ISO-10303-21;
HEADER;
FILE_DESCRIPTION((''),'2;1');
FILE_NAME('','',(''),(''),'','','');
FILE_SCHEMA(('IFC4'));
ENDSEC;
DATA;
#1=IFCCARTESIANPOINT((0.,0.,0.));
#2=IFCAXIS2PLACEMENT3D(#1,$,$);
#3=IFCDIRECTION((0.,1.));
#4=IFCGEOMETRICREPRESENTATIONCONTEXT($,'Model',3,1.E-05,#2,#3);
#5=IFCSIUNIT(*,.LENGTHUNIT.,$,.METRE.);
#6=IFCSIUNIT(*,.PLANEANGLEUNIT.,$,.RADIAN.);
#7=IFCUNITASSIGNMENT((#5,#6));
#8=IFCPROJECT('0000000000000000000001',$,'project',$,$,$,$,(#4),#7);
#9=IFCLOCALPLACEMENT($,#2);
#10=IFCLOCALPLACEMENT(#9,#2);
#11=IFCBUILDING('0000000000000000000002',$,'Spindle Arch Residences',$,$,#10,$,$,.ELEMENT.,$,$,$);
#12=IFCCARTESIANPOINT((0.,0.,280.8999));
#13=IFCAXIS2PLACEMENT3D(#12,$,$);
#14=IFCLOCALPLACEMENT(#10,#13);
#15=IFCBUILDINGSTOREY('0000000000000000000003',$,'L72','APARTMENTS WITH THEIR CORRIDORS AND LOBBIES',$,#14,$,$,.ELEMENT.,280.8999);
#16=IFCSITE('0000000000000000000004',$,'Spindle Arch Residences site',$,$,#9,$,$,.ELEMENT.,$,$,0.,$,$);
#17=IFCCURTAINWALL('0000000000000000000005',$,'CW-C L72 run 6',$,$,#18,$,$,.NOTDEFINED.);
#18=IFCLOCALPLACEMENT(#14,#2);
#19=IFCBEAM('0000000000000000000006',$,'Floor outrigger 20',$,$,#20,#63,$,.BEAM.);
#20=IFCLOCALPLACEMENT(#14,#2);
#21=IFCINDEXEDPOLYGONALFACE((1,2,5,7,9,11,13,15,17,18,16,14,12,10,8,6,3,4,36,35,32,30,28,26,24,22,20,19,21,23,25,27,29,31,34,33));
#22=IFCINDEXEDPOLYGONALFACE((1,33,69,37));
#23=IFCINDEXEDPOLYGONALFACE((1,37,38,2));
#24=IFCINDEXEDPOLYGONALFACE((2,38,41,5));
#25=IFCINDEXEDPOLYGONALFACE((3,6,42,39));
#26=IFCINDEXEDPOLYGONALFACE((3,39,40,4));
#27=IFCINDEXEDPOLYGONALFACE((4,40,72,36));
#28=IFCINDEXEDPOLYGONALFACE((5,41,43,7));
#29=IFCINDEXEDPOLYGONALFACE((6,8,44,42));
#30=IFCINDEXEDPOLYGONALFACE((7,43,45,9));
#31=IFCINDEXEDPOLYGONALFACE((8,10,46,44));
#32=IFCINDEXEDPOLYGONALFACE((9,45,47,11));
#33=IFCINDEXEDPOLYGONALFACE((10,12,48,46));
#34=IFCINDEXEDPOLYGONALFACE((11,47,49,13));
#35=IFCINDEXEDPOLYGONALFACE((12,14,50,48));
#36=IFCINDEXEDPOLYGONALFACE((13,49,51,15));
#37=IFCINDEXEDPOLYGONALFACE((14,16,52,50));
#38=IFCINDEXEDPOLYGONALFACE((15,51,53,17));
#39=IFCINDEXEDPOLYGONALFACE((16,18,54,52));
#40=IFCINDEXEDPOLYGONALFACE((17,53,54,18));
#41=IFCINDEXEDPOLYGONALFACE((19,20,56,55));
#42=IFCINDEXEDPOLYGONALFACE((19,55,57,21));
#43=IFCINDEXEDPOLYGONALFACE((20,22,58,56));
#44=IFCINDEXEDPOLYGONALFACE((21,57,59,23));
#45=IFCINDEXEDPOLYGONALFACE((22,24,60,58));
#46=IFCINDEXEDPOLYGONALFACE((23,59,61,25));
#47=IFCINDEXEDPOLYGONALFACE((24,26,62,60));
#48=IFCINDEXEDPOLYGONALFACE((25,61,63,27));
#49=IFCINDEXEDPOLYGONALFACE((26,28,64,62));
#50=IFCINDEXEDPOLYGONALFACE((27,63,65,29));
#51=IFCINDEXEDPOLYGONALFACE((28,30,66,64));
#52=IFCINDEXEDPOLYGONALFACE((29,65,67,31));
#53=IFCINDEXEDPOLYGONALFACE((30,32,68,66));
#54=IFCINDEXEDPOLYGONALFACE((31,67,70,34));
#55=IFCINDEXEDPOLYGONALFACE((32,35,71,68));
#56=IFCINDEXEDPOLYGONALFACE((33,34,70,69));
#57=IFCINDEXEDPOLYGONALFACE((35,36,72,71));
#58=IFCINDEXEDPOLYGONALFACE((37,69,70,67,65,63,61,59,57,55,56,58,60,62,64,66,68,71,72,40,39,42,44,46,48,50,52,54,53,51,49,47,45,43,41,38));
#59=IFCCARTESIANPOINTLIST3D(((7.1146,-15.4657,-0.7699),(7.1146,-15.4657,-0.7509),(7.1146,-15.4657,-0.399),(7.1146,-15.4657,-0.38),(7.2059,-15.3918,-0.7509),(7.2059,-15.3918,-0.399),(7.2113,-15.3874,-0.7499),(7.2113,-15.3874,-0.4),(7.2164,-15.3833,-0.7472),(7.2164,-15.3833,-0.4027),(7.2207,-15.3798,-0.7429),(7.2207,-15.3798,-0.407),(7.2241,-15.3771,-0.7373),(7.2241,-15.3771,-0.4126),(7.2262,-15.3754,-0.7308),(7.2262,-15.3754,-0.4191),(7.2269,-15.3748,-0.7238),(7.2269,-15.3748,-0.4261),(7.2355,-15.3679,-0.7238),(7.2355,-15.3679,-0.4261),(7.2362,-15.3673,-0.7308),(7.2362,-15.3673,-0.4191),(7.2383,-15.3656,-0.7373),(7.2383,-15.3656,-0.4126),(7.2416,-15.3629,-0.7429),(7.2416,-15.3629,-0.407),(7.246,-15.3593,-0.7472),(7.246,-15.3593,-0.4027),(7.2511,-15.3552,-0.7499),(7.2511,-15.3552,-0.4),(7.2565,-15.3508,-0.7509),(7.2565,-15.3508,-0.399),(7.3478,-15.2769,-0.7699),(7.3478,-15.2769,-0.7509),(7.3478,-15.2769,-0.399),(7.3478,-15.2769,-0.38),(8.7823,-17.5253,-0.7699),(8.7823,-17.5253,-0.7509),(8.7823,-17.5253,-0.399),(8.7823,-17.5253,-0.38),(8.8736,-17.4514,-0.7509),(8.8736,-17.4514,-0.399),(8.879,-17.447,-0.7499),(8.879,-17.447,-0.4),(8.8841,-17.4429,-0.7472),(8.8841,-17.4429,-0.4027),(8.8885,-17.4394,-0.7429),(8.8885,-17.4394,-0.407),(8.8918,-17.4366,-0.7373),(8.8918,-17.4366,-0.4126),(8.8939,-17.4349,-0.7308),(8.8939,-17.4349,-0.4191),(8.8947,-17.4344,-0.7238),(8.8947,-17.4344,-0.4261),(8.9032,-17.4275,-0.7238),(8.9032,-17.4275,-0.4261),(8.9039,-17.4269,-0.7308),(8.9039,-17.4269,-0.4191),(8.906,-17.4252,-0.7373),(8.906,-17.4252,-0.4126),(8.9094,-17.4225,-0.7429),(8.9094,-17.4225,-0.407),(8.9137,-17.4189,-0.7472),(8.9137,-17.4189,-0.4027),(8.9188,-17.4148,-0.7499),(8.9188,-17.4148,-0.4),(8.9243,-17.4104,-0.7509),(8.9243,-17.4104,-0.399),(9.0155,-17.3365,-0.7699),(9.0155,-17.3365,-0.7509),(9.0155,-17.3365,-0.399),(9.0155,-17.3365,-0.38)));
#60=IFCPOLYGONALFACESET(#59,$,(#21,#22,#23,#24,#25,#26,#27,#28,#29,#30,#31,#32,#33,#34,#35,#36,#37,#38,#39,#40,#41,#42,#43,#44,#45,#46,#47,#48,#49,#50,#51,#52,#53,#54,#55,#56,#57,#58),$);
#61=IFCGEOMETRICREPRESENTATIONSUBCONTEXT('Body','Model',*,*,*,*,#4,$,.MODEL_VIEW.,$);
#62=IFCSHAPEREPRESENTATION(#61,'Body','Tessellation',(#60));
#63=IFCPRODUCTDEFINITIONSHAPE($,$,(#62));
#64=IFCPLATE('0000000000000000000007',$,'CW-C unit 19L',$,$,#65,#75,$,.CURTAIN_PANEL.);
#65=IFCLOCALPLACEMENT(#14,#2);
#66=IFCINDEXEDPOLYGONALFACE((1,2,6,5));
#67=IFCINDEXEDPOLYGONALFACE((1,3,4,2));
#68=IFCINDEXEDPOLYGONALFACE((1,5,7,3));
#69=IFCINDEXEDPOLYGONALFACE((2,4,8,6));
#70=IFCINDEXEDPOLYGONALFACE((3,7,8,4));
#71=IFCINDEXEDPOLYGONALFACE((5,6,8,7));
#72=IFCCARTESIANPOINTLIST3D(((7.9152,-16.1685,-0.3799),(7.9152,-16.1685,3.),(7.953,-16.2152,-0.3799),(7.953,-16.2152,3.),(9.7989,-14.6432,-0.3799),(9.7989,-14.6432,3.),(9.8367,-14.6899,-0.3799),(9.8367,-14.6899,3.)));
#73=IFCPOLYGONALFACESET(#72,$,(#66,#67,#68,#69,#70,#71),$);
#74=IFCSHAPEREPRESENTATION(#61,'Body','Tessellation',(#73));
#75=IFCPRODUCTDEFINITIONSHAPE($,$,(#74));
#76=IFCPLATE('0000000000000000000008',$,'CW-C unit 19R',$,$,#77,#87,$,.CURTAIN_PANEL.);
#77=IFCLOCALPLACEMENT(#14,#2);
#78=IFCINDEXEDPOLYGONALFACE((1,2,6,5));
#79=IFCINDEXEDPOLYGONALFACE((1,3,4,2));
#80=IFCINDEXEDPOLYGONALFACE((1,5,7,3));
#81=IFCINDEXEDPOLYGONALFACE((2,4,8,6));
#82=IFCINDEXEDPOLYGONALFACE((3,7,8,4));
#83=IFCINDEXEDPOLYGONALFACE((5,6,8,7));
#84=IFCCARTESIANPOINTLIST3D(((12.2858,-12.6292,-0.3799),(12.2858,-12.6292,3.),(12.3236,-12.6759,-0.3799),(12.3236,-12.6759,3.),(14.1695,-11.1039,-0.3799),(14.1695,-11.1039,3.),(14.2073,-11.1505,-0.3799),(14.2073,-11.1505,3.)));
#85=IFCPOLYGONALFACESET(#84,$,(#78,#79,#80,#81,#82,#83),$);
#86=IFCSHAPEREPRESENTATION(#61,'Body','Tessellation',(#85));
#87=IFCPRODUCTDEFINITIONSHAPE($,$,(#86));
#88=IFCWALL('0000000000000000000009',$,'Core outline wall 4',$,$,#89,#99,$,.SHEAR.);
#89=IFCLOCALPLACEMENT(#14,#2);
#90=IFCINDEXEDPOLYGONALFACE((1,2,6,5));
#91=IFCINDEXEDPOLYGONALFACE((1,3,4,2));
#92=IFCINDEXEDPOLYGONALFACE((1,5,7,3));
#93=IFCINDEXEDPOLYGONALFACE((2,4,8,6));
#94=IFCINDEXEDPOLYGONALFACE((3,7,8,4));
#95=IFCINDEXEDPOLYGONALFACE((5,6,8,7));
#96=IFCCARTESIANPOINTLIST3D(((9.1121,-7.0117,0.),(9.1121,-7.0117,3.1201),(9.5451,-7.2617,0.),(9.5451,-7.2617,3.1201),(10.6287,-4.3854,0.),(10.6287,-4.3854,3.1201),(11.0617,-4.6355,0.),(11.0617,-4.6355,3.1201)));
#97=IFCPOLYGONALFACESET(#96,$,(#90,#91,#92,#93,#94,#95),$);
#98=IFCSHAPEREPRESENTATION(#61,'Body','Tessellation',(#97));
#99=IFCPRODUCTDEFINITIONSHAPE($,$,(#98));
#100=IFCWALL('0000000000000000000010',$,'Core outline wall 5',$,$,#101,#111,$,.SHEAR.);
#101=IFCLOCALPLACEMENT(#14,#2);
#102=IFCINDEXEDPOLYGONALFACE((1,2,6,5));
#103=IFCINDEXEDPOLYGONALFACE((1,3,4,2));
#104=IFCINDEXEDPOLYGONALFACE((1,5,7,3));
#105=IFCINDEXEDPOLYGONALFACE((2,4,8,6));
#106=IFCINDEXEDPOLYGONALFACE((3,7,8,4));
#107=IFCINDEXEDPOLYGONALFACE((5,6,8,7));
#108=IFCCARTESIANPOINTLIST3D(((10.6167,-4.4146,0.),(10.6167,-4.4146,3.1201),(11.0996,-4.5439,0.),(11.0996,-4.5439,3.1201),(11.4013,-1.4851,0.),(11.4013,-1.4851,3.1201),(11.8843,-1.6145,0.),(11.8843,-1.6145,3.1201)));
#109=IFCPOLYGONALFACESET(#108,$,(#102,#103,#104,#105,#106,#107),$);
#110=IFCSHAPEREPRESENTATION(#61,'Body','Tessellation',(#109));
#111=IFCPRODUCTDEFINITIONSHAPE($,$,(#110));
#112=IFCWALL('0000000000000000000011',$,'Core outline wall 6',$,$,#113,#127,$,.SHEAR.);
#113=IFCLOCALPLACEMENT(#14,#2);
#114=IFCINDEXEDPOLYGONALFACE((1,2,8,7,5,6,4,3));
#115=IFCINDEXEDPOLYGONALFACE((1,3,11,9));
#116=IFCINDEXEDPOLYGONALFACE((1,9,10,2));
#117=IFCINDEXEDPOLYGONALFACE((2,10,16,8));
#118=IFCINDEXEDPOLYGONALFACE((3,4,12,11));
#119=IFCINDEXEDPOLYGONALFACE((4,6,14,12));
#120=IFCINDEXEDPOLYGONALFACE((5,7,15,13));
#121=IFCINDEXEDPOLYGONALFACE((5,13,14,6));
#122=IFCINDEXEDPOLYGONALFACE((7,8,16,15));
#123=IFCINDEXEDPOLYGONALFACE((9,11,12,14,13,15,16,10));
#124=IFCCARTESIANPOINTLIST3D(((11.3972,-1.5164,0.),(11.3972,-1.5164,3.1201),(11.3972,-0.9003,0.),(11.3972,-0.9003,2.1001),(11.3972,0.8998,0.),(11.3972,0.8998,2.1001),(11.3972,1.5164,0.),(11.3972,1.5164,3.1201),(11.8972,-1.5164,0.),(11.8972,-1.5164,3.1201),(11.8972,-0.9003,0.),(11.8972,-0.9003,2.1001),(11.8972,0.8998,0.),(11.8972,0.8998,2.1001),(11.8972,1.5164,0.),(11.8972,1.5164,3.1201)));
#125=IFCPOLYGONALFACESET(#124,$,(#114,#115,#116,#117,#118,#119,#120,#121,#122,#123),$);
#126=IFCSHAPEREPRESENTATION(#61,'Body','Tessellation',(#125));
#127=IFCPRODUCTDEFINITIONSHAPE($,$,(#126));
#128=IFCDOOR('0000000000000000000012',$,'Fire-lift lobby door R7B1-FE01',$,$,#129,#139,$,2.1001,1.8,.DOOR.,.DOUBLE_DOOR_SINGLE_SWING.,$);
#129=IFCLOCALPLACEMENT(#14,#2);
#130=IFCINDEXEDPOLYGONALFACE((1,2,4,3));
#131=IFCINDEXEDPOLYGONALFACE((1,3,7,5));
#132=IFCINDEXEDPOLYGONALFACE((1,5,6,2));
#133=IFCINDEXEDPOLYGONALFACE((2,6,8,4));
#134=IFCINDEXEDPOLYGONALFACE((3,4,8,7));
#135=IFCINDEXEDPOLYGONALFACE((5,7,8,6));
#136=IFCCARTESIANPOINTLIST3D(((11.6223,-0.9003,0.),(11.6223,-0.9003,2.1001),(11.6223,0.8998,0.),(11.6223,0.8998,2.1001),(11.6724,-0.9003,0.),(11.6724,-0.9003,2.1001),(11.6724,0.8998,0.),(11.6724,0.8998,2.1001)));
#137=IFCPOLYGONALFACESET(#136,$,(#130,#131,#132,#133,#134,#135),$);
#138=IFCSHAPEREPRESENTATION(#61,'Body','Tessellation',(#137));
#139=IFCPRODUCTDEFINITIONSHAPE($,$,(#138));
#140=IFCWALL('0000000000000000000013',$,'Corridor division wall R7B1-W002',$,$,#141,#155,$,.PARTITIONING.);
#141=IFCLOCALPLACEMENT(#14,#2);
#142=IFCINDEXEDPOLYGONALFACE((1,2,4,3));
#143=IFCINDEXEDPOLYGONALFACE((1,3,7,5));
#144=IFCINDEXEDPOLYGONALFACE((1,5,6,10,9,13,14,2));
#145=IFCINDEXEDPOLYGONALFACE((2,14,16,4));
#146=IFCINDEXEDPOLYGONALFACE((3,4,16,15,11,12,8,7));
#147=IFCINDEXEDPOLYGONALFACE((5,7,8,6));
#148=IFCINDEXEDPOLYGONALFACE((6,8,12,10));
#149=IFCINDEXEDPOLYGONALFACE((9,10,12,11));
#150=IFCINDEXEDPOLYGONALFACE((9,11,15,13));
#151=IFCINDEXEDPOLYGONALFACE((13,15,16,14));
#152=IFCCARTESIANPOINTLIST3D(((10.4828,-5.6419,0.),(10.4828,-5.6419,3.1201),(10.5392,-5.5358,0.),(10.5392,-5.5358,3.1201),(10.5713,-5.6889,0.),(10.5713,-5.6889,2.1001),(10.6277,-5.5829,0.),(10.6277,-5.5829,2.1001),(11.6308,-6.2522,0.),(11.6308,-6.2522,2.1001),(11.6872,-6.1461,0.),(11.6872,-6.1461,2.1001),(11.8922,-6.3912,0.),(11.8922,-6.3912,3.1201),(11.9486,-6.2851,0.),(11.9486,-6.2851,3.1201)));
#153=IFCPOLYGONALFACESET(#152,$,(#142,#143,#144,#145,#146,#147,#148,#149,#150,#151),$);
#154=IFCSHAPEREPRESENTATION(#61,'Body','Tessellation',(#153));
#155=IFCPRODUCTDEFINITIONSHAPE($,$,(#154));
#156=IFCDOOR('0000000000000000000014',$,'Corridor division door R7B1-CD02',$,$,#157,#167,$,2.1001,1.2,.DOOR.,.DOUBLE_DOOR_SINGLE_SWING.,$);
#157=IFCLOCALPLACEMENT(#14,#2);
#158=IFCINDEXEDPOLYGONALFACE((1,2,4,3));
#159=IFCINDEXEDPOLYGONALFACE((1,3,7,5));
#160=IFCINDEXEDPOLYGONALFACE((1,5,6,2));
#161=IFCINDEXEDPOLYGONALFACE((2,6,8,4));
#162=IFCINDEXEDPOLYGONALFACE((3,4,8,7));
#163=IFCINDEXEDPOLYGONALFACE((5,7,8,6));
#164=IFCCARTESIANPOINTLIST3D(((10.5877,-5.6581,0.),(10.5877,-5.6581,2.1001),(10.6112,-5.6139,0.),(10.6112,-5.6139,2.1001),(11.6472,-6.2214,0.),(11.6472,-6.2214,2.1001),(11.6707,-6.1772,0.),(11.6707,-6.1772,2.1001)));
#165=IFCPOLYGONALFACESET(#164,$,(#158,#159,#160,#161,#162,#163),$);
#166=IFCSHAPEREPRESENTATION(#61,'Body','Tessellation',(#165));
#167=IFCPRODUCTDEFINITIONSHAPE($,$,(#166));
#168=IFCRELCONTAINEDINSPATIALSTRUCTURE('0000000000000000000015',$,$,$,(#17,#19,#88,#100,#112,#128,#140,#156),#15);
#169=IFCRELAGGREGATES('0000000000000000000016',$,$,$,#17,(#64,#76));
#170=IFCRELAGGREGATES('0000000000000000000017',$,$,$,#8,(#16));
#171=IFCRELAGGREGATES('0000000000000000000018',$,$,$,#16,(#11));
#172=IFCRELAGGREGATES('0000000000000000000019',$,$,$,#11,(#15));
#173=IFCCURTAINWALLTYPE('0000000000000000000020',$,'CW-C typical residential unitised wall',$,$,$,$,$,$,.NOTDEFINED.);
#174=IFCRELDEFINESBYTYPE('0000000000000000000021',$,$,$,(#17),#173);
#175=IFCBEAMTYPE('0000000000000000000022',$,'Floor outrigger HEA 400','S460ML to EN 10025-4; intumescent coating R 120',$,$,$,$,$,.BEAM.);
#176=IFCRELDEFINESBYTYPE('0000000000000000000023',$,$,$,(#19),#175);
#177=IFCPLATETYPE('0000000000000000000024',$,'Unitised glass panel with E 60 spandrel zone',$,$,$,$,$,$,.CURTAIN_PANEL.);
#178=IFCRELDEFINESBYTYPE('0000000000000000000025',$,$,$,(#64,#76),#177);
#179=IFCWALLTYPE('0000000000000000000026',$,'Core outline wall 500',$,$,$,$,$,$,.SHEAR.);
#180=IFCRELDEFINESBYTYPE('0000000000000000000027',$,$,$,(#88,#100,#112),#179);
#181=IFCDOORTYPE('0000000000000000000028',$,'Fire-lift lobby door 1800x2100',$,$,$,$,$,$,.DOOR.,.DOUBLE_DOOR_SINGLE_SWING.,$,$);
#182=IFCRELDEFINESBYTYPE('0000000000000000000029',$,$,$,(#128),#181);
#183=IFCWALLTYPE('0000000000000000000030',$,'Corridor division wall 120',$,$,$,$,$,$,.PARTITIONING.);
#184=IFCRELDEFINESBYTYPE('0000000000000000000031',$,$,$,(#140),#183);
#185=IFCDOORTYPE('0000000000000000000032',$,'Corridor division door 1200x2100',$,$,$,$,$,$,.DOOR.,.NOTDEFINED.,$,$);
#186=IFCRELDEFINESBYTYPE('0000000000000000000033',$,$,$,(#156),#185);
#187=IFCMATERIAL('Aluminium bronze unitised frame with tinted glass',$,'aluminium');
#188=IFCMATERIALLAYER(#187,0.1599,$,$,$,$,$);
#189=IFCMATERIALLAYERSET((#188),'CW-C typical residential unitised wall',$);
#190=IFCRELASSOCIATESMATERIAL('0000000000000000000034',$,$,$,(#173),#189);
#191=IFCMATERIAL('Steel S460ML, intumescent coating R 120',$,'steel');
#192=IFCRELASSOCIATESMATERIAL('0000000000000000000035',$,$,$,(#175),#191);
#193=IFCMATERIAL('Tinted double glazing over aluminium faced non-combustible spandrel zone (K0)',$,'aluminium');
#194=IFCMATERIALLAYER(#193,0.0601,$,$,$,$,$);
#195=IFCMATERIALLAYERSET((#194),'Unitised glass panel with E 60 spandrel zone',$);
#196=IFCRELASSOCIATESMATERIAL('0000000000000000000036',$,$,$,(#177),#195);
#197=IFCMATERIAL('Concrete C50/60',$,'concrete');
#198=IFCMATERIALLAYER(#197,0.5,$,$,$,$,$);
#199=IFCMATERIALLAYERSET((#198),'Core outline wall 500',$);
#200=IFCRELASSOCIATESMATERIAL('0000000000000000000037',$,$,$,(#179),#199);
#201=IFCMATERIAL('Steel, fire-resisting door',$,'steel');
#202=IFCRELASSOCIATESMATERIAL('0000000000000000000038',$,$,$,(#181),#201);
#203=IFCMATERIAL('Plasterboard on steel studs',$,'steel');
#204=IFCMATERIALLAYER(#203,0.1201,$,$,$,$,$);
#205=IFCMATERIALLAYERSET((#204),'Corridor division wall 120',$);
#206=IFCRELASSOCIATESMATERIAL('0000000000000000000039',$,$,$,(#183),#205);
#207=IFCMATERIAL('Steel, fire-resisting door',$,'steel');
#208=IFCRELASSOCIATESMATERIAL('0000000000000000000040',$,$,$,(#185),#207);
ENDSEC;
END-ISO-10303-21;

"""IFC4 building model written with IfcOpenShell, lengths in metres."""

from ifc_helpers import new_model, si_unit, direction, frame, frame_2d, origin, origin_2d, place, context, subcontext, project, spatial, rectangle, i_section, extrude, material, layer, layer_set, material_profile, profile_set, type_object, element, fill, aggregate, save


model = new_model("IFC4")

# Units and contexts
model_context = context("Model", 3, precision=1e-05, world=origin(), true_north=direction((0.0, 1.0)))
body_context = subcontext(model_context, "Body", "Model", "MODEL_VIEW")
ifc_project = project(units=[si_unit("LENGTHUNIT", "METRE"), si_unit("PLANEANGLEUNIT", "RADIAN")], contexts=[model_context])

# Site, building, storey
site_placement = place(None, origin())
site = spatial("IfcSite", under=ifc_project, at=site_placement, Name="Spindle Arch Residences site", CompositionType="ELEMENT", RefElevation=0.0)
building_placement = place(site_placement, origin())
building = spatial("IfcBuilding", under=site, at=building_placement, Name="Spindle Arch Residences", CompositionType="ELEMENT")
storey_placement = place(building_placement, frame((0.0, 0.0, 280.8999)))
storey = spatial("IfcBuildingStorey", under=building, at=storey_placement, Name="L72", Description="APARTMENTS WITH THEIR CORRIDORS AND LOBBIES", CompositionType="ELEMENT", Elevation=280.8999)

# Curtain wall
ifc_material_1 = material(Name="Aluminium bronze unitised frame with tinted glass", Category="aluminium")
ifc_layer_1 = layer(ifc_material_1, 0.1599)
ifc_layer_set_1 = layer_set([ifc_layer_1], Name="CW-C typical residential unitised wall")
curtain_wall_type = type_object("IfcCurtainWallType", Name="CW-C typical residential unitised wall", PredefinedType="NOTDEFINED", material=ifc_layer_set_1)
curtain_wall_placement = place(storey_placement, origin())
curtain_wall = element("IfcCurtainWall", 1, at=curtain_wall_placement, inside=storey, type_object=curtain_wall_type, Name="CW-C L72 run 6", PredefinedType="NOTDEFINED")

# Beam
ifc_material_2 = material(Name="Steel S460ML, intumescent coating R 120", Category="steel")
ifc_material_profile_1 = material_profile(ifc_material_2, i_section(OverallWidth=0.3, OverallDepth=0.3899, WebThickness=0.011, FlangeThickness=0.019, FilletRadius=0.0271, at=origin_2d()), Name="HEA 400")
ifc_profile_set_1 = profile_set([ifc_material_profile_1], Name="Steel S460ML, intumescent coating R 120")
beam_type_1 = type_object("IfcBeamType", Name="Floor outrigger HEA 400", Description="S460ML to EN 10025-4; intumescent coating R 120", PredefinedType="BEAM", material=ifc_profile_set_1)
for number, where, z_axis, x_axis, name in (
    (2, (8.8989, -17.4309, -0.575), (-0.629302, 0.777161, 0.0), (-0.777161, -0.629302, 0.0), "Floor outrigger 20"),
):
    element("IfcBeam", number, at=place(storey_placement, frame(where, z_axis=z_axis, x_axis=x_axis)), inside=storey, type_object=beam_type_1, Name=name, PredefinedType="BEAM", context=body_context, shape_type="SweptSolid", body=[
        extrude(i_section(OverallWidth=0.3, OverallDepth=0.3899, WebThickness=0.011, FlangeThickness=0.019, FilletRadius=0.0271, at=origin_2d()), origin(), (0.0, 0.0, 1.0), 2.6501),
    ])

# Plates
ifc_material_3 = material(Name="Tinted double glazing over aluminium faced non-combustible spandrel zone (K0)", Category="aluminium")
ifc_layer_2 = layer(ifc_material_3, 0.0601)
ifc_layer_set_2 = layer_set([ifc_layer_2], Name="Unitised glass panel with E 60 spandrel zone")
plate_type = type_object("IfcPlateType", Name="Unitised glass panel with E 60 spandrel zone", PredefinedType="CURTAIN_PANEL", material=ifc_layer_set_2)
plate_1_placement = place(storey_placement, frame((8.876, -15.4292, -0.3799), z_axis=(0.0, 0.0, 1.0), x_axis=(0.777146, 0.62932, 0.0)))
plate_1 = element("IfcPlate", 3, at=plate_1_placement, type_object=plate_type, Name="CW-C unit 19L", PredefinedType="CURTAIN_PANEL", context=body_context, shape_type="SweptSolid", body=[
    extrude(rectangle(XDim=2.4238, YDim=0.0601, at=origin_2d()), origin(), (0.0, 0.0, 1.0), 3.3799),
])
plate_2_placement = place(storey_placement, frame((13.2466, -11.8899, -0.3799), z_axis=(0.0, 0.0, 1.0), x_axis=(0.777146, 0.62932, 0.0)))
plate_2 = element("IfcPlate", 4, at=plate_2_placement, type_object=plate_type, Name="CW-C unit 19R", PredefinedType="CURTAIN_PANEL", context=body_context, shape_type="SweptSolid", body=[
    extrude(rectangle(XDim=2.4238, YDim=0.0601, at=origin_2d()), origin(), (0.0, 0.0, 1.0), 3.3799),
])
aggregate(curtain_wall, [plate_1, plate_2])

# Walls
ifc_material_4 = material(Name="Concrete C50/60", Category="concrete")
ifc_layer_3 = layer(ifc_material_4, 0.5)
ifc_layer_set_3 = layer_set([ifc_layer_3], Name="Core outline wall 500")
wall_type_1 = type_object("IfcWallType", Name="Core outline wall 500", PredefinedType="SHEAR", material=ifc_layer_set_3)
for number, where, z_axis, x_axis, name in (
    (5, (9.3286, -7.1367, 0.0), (0.0, 0.0, 1.0), (0.500087, 0.865975, 0.0), "Core outline wall 4"),
    (6, (10.8582, -4.4792, 0.0), (0.0, 0.0, 1.0), (0.258735, 0.965948, 0.0), "Core outline wall 5"),
):
    element("IfcWall", number, at=place(storey_placement, frame(where, z_axis=z_axis, x_axis=x_axis)), inside=storey, type_object=wall_type_1, Name=name, PredefinedType="SHEAR", context=body_context, shape_type="SweptSolid", body=[
        extrude(rectangle(XDim=3.0327, YDim=0.5, at=frame_2d((1.5164, 0.0))), origin(), (0.0, 0.0, 1.0), 3.1201),
    ])

# Walls, openings, doors
wall_1_placement = place(storey_placement, frame((11.6472, -1.5164, 0.0), z_axis=(0.0, 0.0, 1.0), x_axis=(0.0, 1.0, 0.0)))
wall_1 = element("IfcWall", 7, at=wall_1_placement, inside=storey, type_object=wall_type_1, Name="Core outline wall 6", PredefinedType="SHEAR", context=body_context, shape_type="SweptSolid", body=[
    extrude(rectangle(XDim=3.0327, YDim=0.5, at=frame_2d((1.5164, 0.0))), origin(), (0.0, 0.0, 1.0), 3.1201),
])
opening_1_placement = place(wall_1_placement, frame((0.6162, 0.0, 0.0)))
opening_1 = element("IfcOpeningElement", 8, at=opening_1_placement, cuts=wall_1, PredefinedType="OPENING", context=body_context, shape_type="SweptSolid", body=[
    extrude(rectangle(XDim=1.8, YDim=2.1001, at=frame_2d((0.8999, 1.05))), frame((0.0, 0.26, 0.0), z_axis=(0.0, -1.0, 0.0), x_axis=(1.0, 0.0, 0.0)), (0.0, 0.0, 1.0), 0.52),
])
ifc_material_5 = material(Name="Steel, fire-resisting door", Category="steel")
door_type_1 = type_object("IfcDoorType", Name="Fire-lift lobby door 1800x2100", OperationType="DOUBLE_DOOR_SINGLE_SWING", PredefinedType="DOOR", material=ifc_material_5)
door_1_placement = place(opening_1_placement, origin())
door_1 = element("IfcDoor", 9, at=door_1_placement, inside=storey, type_object=door_type_1, Name="Fire-lift lobby door R7B1-FE01", OperationType="DOUBLE_DOOR_SINGLE_SWING", OverallHeight=2.1001, OverallWidth=1.8, PredefinedType="DOOR", context=body_context, shape_type="SweptSolid", body=[
    extrude(rectangle(XDim=1.8, YDim=2.1001, at=frame_2d((0.8999, 1.05))), frame((0.0, 0.0249, 0.0), z_axis=(0.0, -1.0, 0.0), x_axis=(1.0, 0.0, 0.0)), (0.0, 0.0, 1.0), 0.05),
])
fill(opening_1, door_1)
ifc_material_6 = material(Name="Plasterboard on steel studs", Category="steel")
ifc_layer_4 = layer(ifc_material_6, 0.1201)
ifc_layer_set_4 = layer_set([ifc_layer_4], Name="Corridor division wall 120")
wall_type_2 = type_object("IfcWallType", Name="Corridor division wall 120", PredefinedType="PARTITIONING", material=ifc_layer_set_4)
wall_2_placement = place(storey_placement, frame((10.511, -5.5889, 0.0), z_axis=(0.0, 0.0, 1.0), x_axis=(0.882983, -0.469405, 0.0)))
wall_2 = element("IfcWall", 10, at=wall_2_placement, inside=storey, type_object=wall_type_2, Name="Corridor division wall R7B1-W002", PredefinedType="PARTITIONING", context=body_context, shape_type="SweptSolid", body=[
    extrude(rectangle(XDim=1.5962, YDim=0.1201, at=frame_2d((0.7981, 0.0))), origin(), (0.0, 0.0, 1.0), 3.1201),
])
opening_2_placement = place(wall_2_placement, frame((0.1001, 0.0, 0.0)))
opening_2 = element("IfcOpeningElement", 11, at=opening_2_placement, cuts=wall_2, PredefinedType="OPENING", context=body_context, shape_type="SweptSolid", body=[
    extrude(rectangle(XDim=1.2, YDim=2.1001, at=frame_2d((0.6001, 1.05))), frame((0.0, 0.0701, 0.0), z_axis=(0.0, -1.0, 0.0), x_axis=(1.0, 0.0, 0.0)), (0.0, 0.0, 1.0), 0.1401),
])
ifc_material_7 = material(Name="Steel, fire-resisting door", Category="steel")
door_type_2 = type_object("IfcDoorType", Name="Corridor division door 1200x2100", OperationType="NOTDEFINED", PredefinedType="DOOR", material=ifc_material_7)
door_2_placement = place(opening_2_placement, origin())
door_2 = element("IfcDoor", 12, at=door_2_placement, inside=storey, type_object=door_type_2, Name="Corridor division door R7B1-CD02", OperationType="DOUBLE_DOOR_SINGLE_SWING", OverallHeight=2.1001, OverallWidth=1.2, PredefinedType="DOOR", context=body_context, shape_type="SweptSolid", body=[
    extrude(rectangle(XDim=1.2, YDim=2.1001, at=frame_2d((0.6001, 1.05))), frame((0.0, 0.0249, 0.0), z_axis=(0.0, -1.0, 0.0), x_axis=(1.0, 0.0, 0.0)), (0.0, 0.0, 1.0), 0.05),
])
fill(opening_2, door_2)

save(model, "model.ifc")
